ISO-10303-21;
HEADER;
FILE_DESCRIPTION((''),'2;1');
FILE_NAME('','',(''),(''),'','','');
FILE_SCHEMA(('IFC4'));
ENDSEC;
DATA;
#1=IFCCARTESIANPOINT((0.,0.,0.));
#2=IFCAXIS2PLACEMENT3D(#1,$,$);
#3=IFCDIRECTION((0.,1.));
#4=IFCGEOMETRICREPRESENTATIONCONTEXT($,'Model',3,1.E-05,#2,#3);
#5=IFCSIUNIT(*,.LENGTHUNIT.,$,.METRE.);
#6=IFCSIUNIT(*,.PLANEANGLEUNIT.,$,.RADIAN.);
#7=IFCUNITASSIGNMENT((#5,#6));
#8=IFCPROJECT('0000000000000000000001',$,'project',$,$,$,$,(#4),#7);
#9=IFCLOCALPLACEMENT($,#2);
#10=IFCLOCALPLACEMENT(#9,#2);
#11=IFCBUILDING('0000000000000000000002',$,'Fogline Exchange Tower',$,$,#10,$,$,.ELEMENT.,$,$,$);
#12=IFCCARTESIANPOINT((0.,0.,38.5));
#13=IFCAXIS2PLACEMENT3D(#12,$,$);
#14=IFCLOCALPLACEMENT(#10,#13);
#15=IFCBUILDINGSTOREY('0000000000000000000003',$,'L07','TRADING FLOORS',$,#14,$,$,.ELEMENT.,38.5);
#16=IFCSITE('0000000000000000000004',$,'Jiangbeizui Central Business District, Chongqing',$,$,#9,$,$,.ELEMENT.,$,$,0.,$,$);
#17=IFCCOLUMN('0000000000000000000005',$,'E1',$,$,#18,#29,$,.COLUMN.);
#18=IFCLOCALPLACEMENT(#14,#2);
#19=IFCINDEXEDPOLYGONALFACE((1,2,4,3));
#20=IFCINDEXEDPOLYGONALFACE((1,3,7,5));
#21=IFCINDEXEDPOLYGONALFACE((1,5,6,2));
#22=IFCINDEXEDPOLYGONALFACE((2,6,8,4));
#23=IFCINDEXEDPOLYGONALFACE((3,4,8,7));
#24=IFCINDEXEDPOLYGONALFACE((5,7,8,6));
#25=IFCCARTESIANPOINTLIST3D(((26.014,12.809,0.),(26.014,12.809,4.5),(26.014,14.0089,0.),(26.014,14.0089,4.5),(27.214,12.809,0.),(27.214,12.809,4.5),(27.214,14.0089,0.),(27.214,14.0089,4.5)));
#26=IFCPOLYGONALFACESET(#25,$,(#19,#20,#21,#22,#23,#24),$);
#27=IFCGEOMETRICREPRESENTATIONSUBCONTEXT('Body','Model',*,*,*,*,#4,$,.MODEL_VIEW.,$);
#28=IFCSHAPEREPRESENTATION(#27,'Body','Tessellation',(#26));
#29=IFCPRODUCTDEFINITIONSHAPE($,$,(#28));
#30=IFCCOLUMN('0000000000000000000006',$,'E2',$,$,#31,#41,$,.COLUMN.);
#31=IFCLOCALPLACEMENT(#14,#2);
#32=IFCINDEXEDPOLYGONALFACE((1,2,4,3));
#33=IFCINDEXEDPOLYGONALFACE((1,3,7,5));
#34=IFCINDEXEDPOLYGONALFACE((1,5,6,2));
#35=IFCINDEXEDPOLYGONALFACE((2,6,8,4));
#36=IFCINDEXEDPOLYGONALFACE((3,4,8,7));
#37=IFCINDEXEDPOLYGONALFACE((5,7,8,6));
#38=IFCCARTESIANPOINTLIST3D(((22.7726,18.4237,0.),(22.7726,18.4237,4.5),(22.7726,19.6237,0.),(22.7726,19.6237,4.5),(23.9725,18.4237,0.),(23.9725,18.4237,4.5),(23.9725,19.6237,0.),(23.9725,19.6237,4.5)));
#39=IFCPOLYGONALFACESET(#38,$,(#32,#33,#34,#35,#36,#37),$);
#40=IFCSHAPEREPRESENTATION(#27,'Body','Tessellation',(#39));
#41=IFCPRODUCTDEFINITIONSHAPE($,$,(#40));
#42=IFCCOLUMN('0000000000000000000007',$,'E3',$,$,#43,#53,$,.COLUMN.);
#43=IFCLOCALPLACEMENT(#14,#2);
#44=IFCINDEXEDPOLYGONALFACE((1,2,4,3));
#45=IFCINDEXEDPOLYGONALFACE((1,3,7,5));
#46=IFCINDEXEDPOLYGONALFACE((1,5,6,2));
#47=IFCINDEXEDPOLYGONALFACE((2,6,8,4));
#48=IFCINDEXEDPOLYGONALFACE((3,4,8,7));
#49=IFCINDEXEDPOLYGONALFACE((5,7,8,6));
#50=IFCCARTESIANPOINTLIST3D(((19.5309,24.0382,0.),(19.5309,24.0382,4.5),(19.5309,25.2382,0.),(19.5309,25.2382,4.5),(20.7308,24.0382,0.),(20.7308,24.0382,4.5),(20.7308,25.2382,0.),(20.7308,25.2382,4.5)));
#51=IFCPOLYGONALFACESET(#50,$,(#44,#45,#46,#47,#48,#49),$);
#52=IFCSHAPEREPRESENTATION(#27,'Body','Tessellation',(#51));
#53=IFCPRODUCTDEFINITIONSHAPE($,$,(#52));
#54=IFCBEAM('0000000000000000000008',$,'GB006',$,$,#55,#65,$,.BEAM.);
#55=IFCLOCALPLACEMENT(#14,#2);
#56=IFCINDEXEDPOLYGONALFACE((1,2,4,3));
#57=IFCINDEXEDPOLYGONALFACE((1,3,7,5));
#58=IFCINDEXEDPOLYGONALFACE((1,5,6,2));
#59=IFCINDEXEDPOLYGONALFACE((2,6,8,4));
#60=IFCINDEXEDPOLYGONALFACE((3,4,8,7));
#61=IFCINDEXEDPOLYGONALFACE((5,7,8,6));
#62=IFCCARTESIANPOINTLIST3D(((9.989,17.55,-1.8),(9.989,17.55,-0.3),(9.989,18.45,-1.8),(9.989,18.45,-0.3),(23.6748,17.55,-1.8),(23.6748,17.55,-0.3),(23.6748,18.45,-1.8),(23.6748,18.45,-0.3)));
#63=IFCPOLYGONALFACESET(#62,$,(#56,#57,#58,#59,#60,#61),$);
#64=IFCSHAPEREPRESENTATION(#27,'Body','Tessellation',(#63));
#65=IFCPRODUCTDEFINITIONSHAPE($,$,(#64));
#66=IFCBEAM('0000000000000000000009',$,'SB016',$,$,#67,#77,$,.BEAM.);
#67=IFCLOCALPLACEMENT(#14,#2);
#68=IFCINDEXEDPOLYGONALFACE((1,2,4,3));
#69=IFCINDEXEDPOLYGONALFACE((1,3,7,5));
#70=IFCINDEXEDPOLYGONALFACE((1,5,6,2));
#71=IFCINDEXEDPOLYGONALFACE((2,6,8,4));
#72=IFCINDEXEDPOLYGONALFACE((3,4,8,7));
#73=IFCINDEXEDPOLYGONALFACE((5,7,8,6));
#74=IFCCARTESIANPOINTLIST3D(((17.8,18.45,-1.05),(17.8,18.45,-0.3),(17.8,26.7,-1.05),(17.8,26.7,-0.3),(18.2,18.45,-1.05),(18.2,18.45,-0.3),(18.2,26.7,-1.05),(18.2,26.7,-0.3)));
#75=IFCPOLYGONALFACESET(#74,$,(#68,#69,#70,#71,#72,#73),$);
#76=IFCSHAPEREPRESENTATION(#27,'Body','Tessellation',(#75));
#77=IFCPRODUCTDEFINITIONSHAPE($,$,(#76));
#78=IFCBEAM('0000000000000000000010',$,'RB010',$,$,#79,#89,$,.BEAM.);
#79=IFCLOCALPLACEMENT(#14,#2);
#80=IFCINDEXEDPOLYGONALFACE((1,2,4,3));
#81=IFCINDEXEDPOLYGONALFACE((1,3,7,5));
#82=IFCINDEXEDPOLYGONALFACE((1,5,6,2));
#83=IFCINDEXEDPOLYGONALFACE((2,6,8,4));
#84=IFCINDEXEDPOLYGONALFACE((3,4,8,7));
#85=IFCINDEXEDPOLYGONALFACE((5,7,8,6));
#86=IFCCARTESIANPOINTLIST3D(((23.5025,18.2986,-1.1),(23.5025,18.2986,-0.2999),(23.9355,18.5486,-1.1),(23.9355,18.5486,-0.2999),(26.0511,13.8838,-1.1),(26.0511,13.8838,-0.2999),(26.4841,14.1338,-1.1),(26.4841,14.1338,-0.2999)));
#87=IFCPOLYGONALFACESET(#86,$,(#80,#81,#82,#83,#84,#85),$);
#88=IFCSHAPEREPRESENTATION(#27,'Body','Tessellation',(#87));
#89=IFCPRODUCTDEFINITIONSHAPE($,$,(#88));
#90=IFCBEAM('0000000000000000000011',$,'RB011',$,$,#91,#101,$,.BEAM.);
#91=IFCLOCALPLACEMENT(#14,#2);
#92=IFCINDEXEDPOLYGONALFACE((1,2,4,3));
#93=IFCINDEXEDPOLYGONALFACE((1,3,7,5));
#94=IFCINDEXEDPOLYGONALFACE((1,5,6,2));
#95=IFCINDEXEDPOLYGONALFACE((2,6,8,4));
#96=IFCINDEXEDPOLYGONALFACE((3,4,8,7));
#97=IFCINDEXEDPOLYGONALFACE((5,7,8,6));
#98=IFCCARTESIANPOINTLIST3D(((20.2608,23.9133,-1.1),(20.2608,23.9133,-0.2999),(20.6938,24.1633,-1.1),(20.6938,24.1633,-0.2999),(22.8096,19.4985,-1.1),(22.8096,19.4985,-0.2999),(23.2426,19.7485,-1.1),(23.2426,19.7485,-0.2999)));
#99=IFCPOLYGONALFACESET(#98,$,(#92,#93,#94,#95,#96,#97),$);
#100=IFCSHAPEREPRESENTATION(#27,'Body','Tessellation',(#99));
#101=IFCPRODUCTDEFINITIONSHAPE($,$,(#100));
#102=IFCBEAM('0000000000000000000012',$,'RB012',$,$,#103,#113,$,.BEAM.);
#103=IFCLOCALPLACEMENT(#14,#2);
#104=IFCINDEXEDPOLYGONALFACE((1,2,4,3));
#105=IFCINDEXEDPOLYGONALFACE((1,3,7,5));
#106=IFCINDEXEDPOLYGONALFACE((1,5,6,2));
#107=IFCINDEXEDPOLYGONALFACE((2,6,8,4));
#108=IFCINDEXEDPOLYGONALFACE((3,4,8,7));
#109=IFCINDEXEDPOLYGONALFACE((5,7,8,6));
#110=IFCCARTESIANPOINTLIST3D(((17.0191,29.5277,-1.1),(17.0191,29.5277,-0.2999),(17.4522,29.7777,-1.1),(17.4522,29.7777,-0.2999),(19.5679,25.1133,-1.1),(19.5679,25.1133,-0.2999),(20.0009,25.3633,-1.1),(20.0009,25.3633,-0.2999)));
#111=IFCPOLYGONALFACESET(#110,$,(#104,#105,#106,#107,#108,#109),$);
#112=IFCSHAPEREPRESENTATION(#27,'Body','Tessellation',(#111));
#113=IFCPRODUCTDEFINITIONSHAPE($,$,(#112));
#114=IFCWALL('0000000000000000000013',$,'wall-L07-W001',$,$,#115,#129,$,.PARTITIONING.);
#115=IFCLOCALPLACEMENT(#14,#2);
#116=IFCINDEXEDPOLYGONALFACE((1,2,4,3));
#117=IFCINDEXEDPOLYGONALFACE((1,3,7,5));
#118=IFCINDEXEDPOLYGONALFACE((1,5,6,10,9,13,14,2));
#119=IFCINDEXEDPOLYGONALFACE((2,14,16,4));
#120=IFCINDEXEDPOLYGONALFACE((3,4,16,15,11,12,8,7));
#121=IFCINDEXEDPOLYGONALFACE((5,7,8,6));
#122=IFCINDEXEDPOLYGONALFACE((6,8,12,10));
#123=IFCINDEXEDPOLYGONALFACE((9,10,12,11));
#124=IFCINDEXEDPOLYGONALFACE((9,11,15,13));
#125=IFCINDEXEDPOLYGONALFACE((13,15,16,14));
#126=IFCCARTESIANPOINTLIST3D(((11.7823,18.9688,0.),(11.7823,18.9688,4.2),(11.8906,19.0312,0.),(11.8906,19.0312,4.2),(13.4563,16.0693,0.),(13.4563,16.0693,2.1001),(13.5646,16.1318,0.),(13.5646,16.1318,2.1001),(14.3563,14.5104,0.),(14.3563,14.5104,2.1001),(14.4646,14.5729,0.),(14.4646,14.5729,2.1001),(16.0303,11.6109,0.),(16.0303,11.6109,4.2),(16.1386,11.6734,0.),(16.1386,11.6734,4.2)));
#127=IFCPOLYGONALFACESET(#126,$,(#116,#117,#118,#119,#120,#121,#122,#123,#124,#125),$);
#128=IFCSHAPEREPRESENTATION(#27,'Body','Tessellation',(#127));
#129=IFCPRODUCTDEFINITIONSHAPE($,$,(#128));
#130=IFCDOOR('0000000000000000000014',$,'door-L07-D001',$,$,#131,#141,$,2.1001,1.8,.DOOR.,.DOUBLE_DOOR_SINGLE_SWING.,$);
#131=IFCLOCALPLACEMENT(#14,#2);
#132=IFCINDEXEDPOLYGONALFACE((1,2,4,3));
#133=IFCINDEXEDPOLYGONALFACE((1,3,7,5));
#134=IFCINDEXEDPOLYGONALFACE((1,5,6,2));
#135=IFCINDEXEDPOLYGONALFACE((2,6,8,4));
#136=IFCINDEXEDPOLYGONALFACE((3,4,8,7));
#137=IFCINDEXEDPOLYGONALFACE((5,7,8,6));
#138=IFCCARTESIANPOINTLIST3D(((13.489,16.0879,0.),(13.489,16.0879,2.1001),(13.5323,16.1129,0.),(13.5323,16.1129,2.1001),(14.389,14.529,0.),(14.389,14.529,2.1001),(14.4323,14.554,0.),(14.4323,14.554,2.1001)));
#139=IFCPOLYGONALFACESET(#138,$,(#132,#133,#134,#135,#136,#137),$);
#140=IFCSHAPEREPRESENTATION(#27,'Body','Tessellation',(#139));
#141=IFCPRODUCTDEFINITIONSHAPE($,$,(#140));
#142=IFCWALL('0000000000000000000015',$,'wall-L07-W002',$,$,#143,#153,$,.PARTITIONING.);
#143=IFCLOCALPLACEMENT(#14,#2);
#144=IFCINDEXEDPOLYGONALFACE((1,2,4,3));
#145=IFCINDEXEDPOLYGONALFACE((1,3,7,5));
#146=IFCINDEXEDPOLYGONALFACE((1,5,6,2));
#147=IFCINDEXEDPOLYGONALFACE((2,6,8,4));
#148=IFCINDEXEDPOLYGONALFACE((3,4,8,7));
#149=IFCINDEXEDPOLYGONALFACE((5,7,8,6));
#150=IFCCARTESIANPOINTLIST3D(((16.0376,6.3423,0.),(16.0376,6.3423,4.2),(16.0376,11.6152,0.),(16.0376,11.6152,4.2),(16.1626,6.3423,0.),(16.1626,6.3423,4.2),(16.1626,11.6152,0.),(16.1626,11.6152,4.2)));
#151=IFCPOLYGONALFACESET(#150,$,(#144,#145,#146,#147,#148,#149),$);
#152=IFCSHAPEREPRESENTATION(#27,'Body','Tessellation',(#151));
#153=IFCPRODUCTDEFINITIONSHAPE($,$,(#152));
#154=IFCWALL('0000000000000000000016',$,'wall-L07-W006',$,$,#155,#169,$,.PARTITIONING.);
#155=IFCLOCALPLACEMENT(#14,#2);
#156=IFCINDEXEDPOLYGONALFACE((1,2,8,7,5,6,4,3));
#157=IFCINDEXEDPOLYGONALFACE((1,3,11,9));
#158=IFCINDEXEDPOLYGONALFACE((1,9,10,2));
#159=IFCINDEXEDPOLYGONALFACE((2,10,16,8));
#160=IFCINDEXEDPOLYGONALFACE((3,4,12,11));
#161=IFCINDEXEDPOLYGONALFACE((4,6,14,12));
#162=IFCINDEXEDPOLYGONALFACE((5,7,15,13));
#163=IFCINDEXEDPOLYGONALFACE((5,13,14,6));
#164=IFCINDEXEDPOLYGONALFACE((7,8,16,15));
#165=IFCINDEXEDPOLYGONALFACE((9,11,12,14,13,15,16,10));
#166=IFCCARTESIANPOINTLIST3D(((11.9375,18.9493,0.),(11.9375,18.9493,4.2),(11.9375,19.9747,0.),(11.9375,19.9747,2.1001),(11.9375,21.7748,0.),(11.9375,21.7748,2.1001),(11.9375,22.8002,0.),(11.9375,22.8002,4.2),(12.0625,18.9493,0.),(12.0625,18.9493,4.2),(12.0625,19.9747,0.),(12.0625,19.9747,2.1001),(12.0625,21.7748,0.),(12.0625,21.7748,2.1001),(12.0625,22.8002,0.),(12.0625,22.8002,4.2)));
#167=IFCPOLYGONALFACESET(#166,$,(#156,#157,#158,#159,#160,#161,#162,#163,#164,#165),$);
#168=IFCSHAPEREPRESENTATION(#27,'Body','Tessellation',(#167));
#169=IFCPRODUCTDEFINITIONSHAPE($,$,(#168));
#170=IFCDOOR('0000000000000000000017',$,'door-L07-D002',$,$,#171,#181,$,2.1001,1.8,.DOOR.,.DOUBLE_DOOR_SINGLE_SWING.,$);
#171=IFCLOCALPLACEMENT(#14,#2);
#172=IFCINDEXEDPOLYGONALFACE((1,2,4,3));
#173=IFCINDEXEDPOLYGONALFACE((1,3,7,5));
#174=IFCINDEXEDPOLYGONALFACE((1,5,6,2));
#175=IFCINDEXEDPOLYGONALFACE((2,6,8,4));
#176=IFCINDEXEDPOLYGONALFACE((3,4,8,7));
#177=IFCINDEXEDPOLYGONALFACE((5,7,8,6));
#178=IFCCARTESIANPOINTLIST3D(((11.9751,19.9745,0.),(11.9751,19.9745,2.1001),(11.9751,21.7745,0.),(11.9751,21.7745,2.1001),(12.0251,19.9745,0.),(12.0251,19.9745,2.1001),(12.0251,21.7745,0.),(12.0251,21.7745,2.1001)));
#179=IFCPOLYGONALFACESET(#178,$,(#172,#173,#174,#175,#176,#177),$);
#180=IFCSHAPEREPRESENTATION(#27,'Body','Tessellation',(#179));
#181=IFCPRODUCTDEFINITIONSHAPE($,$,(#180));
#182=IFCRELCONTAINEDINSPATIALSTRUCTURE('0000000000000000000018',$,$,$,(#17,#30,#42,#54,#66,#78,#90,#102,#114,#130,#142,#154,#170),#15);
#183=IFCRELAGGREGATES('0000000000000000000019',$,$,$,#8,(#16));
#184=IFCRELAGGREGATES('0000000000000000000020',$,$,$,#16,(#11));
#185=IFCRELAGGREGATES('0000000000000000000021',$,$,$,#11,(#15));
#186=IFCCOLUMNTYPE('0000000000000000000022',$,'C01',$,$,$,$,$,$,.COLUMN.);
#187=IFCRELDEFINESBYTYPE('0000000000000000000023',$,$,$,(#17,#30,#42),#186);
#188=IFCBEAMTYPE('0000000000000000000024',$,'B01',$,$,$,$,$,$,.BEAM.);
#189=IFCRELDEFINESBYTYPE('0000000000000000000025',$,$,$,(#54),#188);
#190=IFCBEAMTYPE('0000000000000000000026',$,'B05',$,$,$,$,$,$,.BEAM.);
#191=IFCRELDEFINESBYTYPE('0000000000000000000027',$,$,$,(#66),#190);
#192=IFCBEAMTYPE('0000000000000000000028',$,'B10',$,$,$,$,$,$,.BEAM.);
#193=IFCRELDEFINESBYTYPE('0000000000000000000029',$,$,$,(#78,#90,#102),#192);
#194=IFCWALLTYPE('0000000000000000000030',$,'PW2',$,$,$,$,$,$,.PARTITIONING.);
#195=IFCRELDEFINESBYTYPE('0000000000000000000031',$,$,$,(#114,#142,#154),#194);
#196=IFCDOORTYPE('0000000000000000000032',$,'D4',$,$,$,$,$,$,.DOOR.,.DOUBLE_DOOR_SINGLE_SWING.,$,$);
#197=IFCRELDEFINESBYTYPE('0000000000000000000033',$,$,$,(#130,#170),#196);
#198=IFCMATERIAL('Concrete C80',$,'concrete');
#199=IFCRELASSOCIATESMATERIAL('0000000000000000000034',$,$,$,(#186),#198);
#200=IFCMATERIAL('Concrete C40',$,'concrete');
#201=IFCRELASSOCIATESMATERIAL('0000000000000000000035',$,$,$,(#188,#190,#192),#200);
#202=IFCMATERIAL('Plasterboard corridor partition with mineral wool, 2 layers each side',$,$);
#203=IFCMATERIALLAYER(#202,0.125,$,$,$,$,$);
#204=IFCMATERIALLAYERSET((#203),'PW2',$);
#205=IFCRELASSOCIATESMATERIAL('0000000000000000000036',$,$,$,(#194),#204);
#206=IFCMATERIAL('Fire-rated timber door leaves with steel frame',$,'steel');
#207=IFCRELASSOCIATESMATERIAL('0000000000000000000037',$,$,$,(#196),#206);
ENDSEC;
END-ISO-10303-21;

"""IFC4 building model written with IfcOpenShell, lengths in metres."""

from ifc_helpers import new_model, si_unit, direction, frame, frame_2d, origin, origin_2d, place, context, subcontext, project, spatial, rectangle, extrude, material, layer, layer_set, material_profile, profile_set, type_object, element, fill, save


model = new_model("IFC4")

# Units and contexts
model_context = context("Model", 3, precision=1e-05, world=origin(), true_north=direction((0.0, 1.0)))
body_context = subcontext(model_context, "Body", "Model", "MODEL_VIEW")
ifc_project = project(units=[si_unit("LENGTHUNIT", "METRE"), si_unit("PLANEANGLEUNIT", "RADIAN")], contexts=[model_context])

# Site, building, storey
site_placement = place(None, origin())
site = spatial("IfcSite", under=ifc_project, at=site_placement, Name="Jiangbeizui Central Business District, Chongqing", CompositionType="ELEMENT", RefElevation=0.0)
building_placement = place(site_placement, origin())
building = spatial("IfcBuilding", under=site, at=building_placement, Name="Fogline Exchange Tower", CompositionType="ELEMENT")
storey_placement = place(building_placement, frame((0.0, 0.0, 38.5)))
storey = spatial("IfcBuildingStorey", under=building, at=storey_placement, Name="L07", Description="TRADING FLOORS", CompositionType="ELEMENT", Elevation=38.5)

# Columns
ifc_material_1 = material(Name="Concrete C80", Category="concrete")
ifc_material_profile_1 = material_profile(ifc_material_1, rectangle(XDim=1.2, YDim=1.2, at=origin_2d()), Name="RC 1200x1200")
ifc_profile_set_1 = profile_set([ifc_material_profile_1], Name="Concrete C80")
column_type = type_object("IfcColumnType", Name="C01", PredefinedType="COLUMN", material=ifc_profile_set_1)
for number, where, z_axis, x_axis, name in (
    (1, (26.614, 13.4089, 0.0), (0.0, 0.0, 1.0), (1.0, 0.0, 0.0), "E1"),
    (2, (23.3726, 19.0237, 0.0), (0.0, 0.0, 1.0), (1.0, 0.0, 0.0), "E2"),
    (3, (20.1309, 24.6382, 0.0), (0.0, 0.0, 1.0), (1.0, 0.0, 0.0), "E3"),
):
    element("IfcColumn", number, at=place(storey_placement, frame(where, z_axis=z_axis, x_axis=x_axis)), inside=storey, type_object=column_type, Name=name, PredefinedType="COLUMN", context=body_context, shape_type="SweptSolid", body=[
        extrude(rectangle(XDim=1.2, YDim=1.2, at=origin_2d()), origin(), (0.0, 0.0, 1.0), 4.5),
    ])

# Beams
ifc_material_2 = material(Name="Concrete C40", Category="concrete")
ifc_material_profile_2 = material_profile(ifc_material_2, rectangle(XDim=0.8999, YDim=1.5, at=origin_2d()), Name="RC 900x1500")
ifc_profile_set_2 = profile_set([ifc_material_profile_2], Name="Concrete C40")
beam_type_1 = type_object("IfcBeamType", Name="B01", PredefinedType="BEAM", material=ifc_profile_set_2)
beam_1_placement = place(storey_placement, frame((9.989, 18.0, -1.05), z_axis=(1.0, 0.0, 0.0), x_axis=(0.0, 1.0, 0.0)))
element("IfcBeam", 4, at=beam_1_placement, inside=storey, type_object=beam_type_1, Name="GB006", PredefinedType="BEAM", context=body_context, shape_type="SweptSolid", body=[
    extrude(rectangle(XDim=0.8999, YDim=1.5, at=origin_2d()), origin(), (0.0, 0.0, 1.0), 13.6858),
])
ifc_material_profile_3 = material_profile(ifc_material_2, rectangle(XDim=0.3999, YDim=0.75, at=origin_2d()), Name="RC 400x750")
ifc_profile_set_3 = profile_set([ifc_material_profile_3], Name="Concrete C40")
beam_type_2 = type_object("IfcBeamType", Name="B05", PredefinedType="BEAM", material=ifc_profile_set_3)
beam_2_placement = place(storey_placement, frame((18.0, 18.45, -0.675), z_axis=(0.0, 1.0, 0.0), x_axis=(-1.0, 0.0, 0.0)))
element("IfcBeam", 5, at=beam_2_placement, inside=storey, type_object=beam_type_2, Name="SB016", PredefinedType="BEAM", context=body_context, shape_type="SweptSolid", body=[
    extrude(rectangle(XDim=0.3999, YDim=0.75, at=origin_2d()), origin(), (0.0, 0.0, 1.0), 8.25),
])
ifc_material_profile_4 = material_profile(ifc_material_2, rectangle(XDim=0.5, YDim=0.8, at=origin_2d()), Name="RC 500x800")
ifc_profile_set_4 = profile_set([ifc_material_profile_4], Name="Concrete C40")
beam_type_3 = type_object("IfcBeamType", Name="B10", PredefinedType="BEAM", material=ifc_profile_set_4)
for number, where, z_axis, x_axis, name in (
    (6, (26.2676, 14.0088, -0.7), (-0.499956, 0.866051, 0.0), (-0.866051, -0.499956, 0.0), "RB010"),
    (7, (23.0261, 19.6235, -0.7), (-0.499992, 0.86603, 0.0), (-0.86603, -0.499992, 0.0), "RB011"),
):
    element("IfcBeam", number, at=place(storey_placement, frame(where, z_axis=z_axis, x_axis=x_axis)), inside=storey, type_object=beam_type_3, Name=name, PredefinedType="BEAM", context=body_context, shape_type="SweptSolid", body=[
        extrude(rectangle(XDim=0.5, YDim=0.8, at=origin_2d()), origin(), (0.0, 0.0, 1.0), 5.0977),
    ])
beam_3_placement = place(storey_placement, frame((19.7844, 25.2383, -0.7), z_axis=(-0.500013, 0.866018, 0.0), x_axis=(-0.866018, -0.500013, 0.0)))
element("IfcBeam", 8, at=beam_3_placement, inside=storey, type_object=beam_type_3, Name="RB012", PredefinedType="BEAM", context=body_context, shape_type="SweptSolid", body=[
    extrude(rectangle(XDim=0.5, YDim=0.8, at=origin_2d()), origin(), (0.0, 0.0, 1.0), 5.0974),
])

# Wall, opening, door
ifc_material_3 = material(Name="Plasterboard corridor partition with mineral wool, 2 layers each side")
ifc_layer_1 = layer(ifc_material_3, 0.125)
ifc_layer_set_1 = layer_set([ifc_layer_1], Name="PW2")
wall_type_1 = type_object("IfcWallType", Name="PW2", PredefinedType="PARTITIONING", material=ifc_layer_set_1)
wall_1_placement = place(storey_placement, frame((11.8364, 19.0, 0.0), z_axis=(0.0, 0.0, 1.0), x_axis=(0.499996, -0.866028, 0.0)))
wall_1 = element("IfcWall", 9, at=wall_1_placement, inside=storey, type_object=wall_type_1, Name="wall-L07-W001", PredefinedType="PARTITIONING", context=body_context, shape_type="SweptSolid", body=[
    extrude(rectangle(XDim=8.4961, YDim=0.125, at=frame_2d((4.248, 0.0))), origin(), (0.0, 0.0, 1.0), 4.2),
])
opening_1_placement = place(wall_1_placement, frame((3.3481, 0.0, 0.0)))
opening_1 = element("IfcOpeningElement", 10, at=opening_1_placement, cuts=wall_1, PredefinedType="OPENING", context=body_context, shape_type="SweptSolid", body=[
    extrude(rectangle(XDim=1.8, YDim=2.1001, at=frame_2d((0.8999, 1.05))), frame((0.0, 0.0725, 0.0), z_axis=(0.0, -1.0, 0.0), x_axis=(1.0, 0.0, 0.0)), (0.0, 0.0, 1.0), 0.145),
])
ifc_material_4 = material(Name="Fire-rated timber door leaves with steel frame", Category="steel")
door_type_1 = type_object("IfcDoorType", Name="D4", OperationType="DOUBLE_DOOR_SINGLE_SWING", PredefinedType="DOOR", material=ifc_material_4)
door_1_placement = place(opening_1_placement, frame((1.8, 0.0, 0.0), z_axis=(0.0, 0.0, 1.0), x_axis=(-1.0, 0.0, 0.0)))
door_1 = element("IfcDoor", 11, at=door_1_placement, inside=storey, type_object=door_type_1, Name="door-L07-D001", OperationType="DOUBLE_DOOR_SINGLE_SWING", OverallHeight=2.1001, OverallWidth=1.8, PredefinedType="DOOR", context=body_context, shape_type="SweptSolid", body=[
    extrude(rectangle(XDim=1.8, YDim=2.1001, at=frame_2d((0.8999, 1.05))), frame((0.0, 0.0249, 0.0), z_axis=(0.0, -1.0, 0.0), x_axis=(1.0, 0.0, 0.0)), (0.0, 0.0, 1.0), 0.05),
])
fill(opening_1, door_1)

# Wall
wall_2_placement = place(storey_placement, frame((16.1001, 11.6152, 0.0), z_axis=(0.0, 0.0, 1.0), x_axis=(0.0, -1.0, 0.0)))
element("IfcWall", 12, at=wall_2_placement, inside=storey, type_object=wall_type_1, Name="wall-L07-W002", PredefinedType="PARTITIONING", context=body_context, shape_type="SweptSolid", body=[
    extrude(rectangle(XDim=5.2729, YDim=0.125, at=frame_2d((2.6365, 0.0))), origin(), (0.0, 0.0, 1.0), 4.2),
])

# Wall, opening, door
wall_3_placement = place(storey_placement, frame((12.0, 22.8, 0.0), z_axis=(0.0, 0.0, 1.0), x_axis=(0.0, -1.0, 0.0)))
wall_3 = element("IfcWall", 13, at=wall_3_placement, inside=storey, type_object=wall_type_1, Name="wall-L07-W006", PredefinedType="PARTITIONING", context=body_context, shape_type="SweptSolid", body=[
    extrude(rectangle(XDim=3.8508, YDim=0.125, at=frame_2d((1.9253, 0.0))), origin(), (0.0, 0.0, 1.0), 4.2),
])
opening_2_placement = place(wall_3_placement, frame((1.0254, 0.0, 0.0)))
opening_2 = element("IfcOpeningElement", 14, at=opening_2_placement, cuts=wall_3, PredefinedType="OPENING", context=body_context, shape_type="SweptSolid", body=[
    extrude(rectangle(XDim=1.8, YDim=2.1001, at=frame_2d((0.8999, 1.05))), frame((0.0, 0.0725, 0.0), z_axis=(0.0, -1.0, 0.0), x_axis=(1.0, 0.0, 0.0)), (0.0, 0.0, 1.0), 0.145),
])
door_2_placement = place(opening_2_placement, frame((1.8, 0.0, 0.0), z_axis=(0.0, 0.0, 1.0), x_axis=(-1.0, 0.0, 0.0)))
door_2 = element("IfcDoor", 15, at=door_2_placement, inside=storey, type_object=door_type_1, Name="door-L07-D002", OperationType="DOUBLE_DOOR_SINGLE_SWING", OverallHeight=2.1001, OverallWidth=1.8, PredefinedType="DOOR", context=body_context, shape_type="SweptSolid", body=[
    extrude(rectangle(XDim=1.8, YDim=2.1001, at=frame_2d((0.8999, 1.05))), frame((0.0, 0.0249, 0.0), z_axis=(0.0, -1.0, 0.0), x_axis=(1.0, 0.0, 0.0)), (0.0, 0.0, 1.0), 0.05),
])
fill(opening_2, door_2)

save(model, "model.ifc")
